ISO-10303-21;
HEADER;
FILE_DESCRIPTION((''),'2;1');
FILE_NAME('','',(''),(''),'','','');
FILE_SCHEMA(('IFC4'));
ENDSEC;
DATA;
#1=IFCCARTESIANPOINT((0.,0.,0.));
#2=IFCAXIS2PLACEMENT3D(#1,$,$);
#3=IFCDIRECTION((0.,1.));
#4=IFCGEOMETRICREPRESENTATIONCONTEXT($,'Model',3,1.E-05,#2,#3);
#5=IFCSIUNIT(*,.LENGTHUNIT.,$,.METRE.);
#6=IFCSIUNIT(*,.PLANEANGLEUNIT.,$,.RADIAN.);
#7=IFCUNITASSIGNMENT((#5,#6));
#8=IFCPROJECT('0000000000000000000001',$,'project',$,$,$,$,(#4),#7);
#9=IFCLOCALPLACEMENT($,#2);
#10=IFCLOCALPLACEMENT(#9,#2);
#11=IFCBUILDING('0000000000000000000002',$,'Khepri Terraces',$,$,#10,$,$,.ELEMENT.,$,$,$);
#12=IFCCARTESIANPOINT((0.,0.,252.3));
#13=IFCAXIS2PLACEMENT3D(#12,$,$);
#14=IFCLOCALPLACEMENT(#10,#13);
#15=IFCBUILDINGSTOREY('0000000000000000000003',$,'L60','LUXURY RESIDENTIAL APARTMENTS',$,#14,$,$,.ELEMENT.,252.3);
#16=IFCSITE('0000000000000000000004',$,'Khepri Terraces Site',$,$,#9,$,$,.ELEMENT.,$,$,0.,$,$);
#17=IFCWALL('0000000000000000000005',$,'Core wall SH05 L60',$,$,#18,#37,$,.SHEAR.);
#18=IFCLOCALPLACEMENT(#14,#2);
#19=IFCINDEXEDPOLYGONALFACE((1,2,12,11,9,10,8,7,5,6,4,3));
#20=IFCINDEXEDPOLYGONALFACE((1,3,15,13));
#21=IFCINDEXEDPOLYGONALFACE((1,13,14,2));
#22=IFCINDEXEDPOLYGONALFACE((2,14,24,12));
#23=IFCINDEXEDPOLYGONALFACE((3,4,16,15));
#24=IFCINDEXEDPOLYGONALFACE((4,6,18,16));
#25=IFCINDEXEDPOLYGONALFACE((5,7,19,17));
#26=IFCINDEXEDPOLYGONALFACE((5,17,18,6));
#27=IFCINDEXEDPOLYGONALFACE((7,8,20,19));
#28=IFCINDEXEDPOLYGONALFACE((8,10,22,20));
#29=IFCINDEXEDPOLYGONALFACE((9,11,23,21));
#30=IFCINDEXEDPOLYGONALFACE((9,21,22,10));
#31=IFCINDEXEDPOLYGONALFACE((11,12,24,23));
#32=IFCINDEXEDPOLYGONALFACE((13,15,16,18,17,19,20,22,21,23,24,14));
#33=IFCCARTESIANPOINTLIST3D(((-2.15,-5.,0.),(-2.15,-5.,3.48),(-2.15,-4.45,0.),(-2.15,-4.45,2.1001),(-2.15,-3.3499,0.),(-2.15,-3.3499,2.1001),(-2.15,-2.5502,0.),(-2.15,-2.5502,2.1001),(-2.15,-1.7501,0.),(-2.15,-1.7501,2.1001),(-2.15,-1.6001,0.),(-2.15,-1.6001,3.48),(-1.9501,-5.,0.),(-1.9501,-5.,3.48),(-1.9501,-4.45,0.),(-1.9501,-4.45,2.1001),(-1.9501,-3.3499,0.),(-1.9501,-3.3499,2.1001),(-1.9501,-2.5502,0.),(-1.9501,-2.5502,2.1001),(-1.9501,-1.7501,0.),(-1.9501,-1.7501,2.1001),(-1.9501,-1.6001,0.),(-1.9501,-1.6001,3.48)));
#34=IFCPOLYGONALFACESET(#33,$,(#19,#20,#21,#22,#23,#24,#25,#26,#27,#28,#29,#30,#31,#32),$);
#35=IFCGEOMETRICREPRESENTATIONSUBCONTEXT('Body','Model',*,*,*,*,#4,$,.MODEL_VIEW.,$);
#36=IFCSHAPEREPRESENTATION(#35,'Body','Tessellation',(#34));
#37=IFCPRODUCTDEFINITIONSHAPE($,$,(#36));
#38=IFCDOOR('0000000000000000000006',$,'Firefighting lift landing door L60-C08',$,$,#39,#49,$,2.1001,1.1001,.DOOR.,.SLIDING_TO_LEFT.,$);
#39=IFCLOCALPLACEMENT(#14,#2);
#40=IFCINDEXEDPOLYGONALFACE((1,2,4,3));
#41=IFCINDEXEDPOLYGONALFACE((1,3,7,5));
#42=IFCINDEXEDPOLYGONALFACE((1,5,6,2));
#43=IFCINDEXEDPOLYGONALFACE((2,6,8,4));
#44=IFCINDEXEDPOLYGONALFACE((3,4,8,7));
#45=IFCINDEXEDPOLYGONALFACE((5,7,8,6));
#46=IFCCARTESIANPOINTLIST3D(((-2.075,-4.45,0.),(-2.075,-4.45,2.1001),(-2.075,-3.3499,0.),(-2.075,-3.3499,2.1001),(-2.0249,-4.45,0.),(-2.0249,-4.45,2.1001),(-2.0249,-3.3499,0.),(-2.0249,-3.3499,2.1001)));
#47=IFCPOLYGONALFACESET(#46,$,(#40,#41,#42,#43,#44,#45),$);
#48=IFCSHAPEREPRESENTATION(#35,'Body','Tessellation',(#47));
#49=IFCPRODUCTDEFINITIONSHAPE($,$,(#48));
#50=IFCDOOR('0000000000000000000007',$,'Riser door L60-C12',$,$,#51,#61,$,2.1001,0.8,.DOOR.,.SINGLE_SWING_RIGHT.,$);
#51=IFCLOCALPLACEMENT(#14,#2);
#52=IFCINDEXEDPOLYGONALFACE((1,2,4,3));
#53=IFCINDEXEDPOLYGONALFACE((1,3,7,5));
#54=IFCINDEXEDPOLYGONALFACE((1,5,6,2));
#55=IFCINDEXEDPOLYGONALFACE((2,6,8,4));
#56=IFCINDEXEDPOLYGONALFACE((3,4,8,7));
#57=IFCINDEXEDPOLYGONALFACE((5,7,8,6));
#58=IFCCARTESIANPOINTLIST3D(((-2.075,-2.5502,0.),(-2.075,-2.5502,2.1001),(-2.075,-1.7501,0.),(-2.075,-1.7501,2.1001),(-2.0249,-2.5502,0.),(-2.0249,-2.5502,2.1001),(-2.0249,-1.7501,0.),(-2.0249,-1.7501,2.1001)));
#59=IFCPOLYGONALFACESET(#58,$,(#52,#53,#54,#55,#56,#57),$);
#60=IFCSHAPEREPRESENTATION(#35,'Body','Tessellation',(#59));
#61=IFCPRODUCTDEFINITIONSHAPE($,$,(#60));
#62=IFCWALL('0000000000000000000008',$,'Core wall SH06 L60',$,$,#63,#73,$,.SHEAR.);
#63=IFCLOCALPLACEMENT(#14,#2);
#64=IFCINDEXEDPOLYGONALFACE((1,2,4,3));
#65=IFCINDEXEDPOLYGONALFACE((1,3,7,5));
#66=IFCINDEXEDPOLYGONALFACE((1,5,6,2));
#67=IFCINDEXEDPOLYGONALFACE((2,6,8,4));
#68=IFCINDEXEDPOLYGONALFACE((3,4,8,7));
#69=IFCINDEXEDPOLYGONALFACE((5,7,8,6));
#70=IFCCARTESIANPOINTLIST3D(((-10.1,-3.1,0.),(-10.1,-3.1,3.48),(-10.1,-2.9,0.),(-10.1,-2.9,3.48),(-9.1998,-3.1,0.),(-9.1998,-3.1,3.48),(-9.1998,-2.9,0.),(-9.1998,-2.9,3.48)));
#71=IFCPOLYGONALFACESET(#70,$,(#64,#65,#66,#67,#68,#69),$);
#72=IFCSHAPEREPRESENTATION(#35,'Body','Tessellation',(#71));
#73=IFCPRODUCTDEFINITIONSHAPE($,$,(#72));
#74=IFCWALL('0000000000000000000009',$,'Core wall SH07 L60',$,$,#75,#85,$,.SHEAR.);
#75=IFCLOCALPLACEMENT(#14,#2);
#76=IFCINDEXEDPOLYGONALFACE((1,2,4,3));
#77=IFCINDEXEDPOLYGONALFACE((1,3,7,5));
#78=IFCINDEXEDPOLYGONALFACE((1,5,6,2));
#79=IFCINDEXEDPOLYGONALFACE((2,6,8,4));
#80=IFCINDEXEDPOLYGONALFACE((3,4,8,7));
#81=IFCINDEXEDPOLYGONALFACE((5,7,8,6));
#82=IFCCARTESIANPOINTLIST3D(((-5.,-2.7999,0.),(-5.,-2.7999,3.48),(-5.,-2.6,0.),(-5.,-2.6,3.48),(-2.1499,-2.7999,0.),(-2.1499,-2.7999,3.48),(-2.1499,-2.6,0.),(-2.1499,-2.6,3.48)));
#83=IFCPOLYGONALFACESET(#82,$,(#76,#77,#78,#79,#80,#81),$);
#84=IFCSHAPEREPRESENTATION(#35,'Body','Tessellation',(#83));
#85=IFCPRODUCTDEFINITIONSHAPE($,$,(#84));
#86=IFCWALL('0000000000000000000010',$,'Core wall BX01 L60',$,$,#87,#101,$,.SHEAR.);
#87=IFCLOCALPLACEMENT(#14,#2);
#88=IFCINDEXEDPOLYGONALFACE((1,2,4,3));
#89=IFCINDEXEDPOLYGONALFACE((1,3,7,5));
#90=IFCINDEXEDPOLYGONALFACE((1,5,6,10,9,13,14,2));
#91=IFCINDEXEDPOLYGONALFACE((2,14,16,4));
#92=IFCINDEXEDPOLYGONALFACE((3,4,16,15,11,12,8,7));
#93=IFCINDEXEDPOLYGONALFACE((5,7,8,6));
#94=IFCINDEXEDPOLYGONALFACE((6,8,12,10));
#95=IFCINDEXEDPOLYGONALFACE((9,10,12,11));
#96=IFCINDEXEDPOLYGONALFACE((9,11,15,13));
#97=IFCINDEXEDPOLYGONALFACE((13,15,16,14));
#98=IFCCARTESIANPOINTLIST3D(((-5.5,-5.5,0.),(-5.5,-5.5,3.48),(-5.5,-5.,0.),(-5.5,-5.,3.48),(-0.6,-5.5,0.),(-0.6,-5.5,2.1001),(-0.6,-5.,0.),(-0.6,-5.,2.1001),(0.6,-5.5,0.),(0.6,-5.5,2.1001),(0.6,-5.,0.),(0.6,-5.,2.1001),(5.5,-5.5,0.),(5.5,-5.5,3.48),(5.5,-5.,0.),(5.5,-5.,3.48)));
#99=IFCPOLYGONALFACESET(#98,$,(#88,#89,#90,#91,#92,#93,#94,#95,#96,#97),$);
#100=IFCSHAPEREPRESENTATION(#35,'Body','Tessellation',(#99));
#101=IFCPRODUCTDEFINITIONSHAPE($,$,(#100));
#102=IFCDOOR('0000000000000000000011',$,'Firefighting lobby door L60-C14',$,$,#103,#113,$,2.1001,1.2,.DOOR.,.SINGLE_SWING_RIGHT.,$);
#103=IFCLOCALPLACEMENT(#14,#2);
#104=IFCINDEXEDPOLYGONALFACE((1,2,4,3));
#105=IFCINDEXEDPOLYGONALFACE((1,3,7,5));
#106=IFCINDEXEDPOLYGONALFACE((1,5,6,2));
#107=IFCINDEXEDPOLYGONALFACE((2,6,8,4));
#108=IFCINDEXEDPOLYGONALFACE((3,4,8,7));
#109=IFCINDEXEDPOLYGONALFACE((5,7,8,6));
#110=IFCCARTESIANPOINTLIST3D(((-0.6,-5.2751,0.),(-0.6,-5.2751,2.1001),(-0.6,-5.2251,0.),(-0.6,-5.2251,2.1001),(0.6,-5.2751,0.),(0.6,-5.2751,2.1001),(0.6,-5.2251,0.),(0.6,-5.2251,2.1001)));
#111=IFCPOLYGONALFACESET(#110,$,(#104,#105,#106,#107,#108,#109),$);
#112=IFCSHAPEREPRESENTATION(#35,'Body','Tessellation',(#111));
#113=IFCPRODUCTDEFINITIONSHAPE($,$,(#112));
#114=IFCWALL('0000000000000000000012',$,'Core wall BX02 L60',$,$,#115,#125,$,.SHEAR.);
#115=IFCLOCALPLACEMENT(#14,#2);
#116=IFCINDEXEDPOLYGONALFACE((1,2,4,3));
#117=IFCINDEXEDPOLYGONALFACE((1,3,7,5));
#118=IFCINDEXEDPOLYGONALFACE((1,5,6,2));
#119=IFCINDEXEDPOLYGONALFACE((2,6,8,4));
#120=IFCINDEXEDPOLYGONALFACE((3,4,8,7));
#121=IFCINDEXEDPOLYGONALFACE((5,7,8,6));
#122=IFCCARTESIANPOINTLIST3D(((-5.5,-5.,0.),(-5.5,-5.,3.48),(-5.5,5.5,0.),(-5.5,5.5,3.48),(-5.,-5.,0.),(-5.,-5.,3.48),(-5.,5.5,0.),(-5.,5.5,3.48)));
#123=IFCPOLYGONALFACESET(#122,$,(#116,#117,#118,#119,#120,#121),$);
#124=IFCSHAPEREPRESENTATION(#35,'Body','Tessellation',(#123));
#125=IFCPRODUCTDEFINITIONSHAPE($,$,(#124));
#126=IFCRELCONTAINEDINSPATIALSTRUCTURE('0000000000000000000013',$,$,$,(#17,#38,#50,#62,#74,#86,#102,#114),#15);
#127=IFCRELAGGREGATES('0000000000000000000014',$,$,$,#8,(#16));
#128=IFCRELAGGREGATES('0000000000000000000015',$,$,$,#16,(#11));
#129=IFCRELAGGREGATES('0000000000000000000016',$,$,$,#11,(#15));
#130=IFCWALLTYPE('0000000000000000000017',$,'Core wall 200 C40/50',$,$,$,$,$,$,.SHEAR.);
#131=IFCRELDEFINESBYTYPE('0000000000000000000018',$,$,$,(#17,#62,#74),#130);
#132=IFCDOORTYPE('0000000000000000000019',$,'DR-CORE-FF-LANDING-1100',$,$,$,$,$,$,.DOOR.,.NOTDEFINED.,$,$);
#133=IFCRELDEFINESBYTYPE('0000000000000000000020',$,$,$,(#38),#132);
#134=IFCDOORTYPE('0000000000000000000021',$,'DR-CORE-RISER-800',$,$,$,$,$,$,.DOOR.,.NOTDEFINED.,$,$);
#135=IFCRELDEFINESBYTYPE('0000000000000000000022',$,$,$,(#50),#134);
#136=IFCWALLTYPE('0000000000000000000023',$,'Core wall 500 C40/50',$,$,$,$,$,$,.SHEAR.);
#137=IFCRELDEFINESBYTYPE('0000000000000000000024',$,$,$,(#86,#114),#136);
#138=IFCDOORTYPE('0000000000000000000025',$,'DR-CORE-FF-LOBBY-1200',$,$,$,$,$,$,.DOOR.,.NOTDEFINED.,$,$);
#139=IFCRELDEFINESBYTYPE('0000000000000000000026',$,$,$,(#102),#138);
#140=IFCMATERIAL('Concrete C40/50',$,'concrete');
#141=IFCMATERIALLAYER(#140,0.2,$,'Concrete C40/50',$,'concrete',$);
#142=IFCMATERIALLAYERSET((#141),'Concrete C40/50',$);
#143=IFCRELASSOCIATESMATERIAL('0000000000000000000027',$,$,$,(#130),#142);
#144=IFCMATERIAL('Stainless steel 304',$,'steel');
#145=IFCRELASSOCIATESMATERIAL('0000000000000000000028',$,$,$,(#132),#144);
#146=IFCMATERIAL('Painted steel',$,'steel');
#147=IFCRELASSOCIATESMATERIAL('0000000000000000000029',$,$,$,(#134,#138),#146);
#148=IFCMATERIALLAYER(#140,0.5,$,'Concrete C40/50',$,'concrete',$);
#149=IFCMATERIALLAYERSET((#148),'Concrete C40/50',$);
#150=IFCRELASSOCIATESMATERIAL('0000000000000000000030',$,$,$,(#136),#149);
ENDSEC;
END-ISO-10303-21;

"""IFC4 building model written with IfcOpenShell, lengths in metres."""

from ifc_helpers import new_model, si_unit, direction, frame, frame_2d, origin, place, context, subcontext, project, spatial, rectangle, extrude, material, layer, layer_set, type_object, element, fill, save


model = new_model("IFC4")

# Units and contexts
model_context = context("Model", 3, precision=1e-05, world=origin(), true_north=direction((0.0, 1.0)))
body_context = subcontext(model_context, "Body", "Model", "MODEL_VIEW")
ifc_project = project(units=[si_unit("LENGTHUNIT", "METRE"), si_unit("PLANEANGLEUNIT", "RADIAN")], contexts=[model_context])

# Site, building, storey
site_placement = place(None, origin())
site = spatial("IfcSite", under=ifc_project, at=site_placement, Name="Khepri Terraces Site", CompositionType="ELEMENT", RefElevation=0.0)
building_placement = place(site_placement, origin())
building = spatial("IfcBuilding", under=site, at=building_placement, Name="Khepri Terraces", CompositionType="ELEMENT")
storey_placement = place(building_placement, frame((0.0, 0.0, 252.3)))
storey = spatial("IfcBuildingStorey", under=building, at=storey_placement, Name="L60", Description="LUXURY RESIDENTIAL APARTMENTS", CompositionType="ELEMENT", Elevation=252.3)

# Shared definitions
ifc_material_1 = material(Name="Concrete C40/50", Category="concrete")

# Shared definitions
ifc_layer_1 = layer(ifc_material_1, 0.2, Name="Concrete C40/50", Category="concrete")
ifc_layer_set_1 = layer_set([ifc_layer_1], Name="Concrete C40/50")
wall_type_1 = type_object("IfcWallType", Name="Core wall 200 C40/50", PredefinedType="SHEAR", material=ifc_layer_set_1)

# Shared definitions
ifc_material_2 = material(Name="Painted steel", Category="steel")

# Wall, openings, doors
wall_1_placement = place(storey_placement, frame((-2.05, -5.0, 0.0), z_axis=(0.0, 0.0, 1.0), x_axis=(0.0, 1.0, 0.0)))
wall_1 = element("IfcWall", 1, at=wall_1_placement, inside=storey, type_object=wall_type_1, Name="Core wall SH05 L60", PredefinedType="SHEAR", context=body_context, shape_type="SweptSolid", body=[
    extrude(rectangle(XDim=3.3999, YDim=0.2, at=frame_2d((1.7, 0.0))), origin(), (0.0, 0.0, 1.0), 3.48),
])
opening_1_placement = place(wall_1_placement, frame((0.55, 0.0, 0.0)))
opening_1 = element("IfcOpeningElement", 2, at=opening_1_placement, cuts=wall_1, PredefinedType="OPENING", context=body_context, shape_type="SweptSolid", body=[
    extrude(rectangle(XDim=1.1001, YDim=2.1001, at=frame_2d((0.55, 1.05))), frame((0.0, 0.1099, 0.0), z_axis=(0.0, -1.0, 0.0), x_axis=(1.0, 0.0, 0.0)), (0.0, 0.0, 1.0), 0.22),
])
opening_2_placement = place(wall_1_placement, frame((2.45, 0.0, 0.0)))
opening_2 = element("IfcOpeningElement", 3, at=opening_2_placement, cuts=wall_1, PredefinedType="OPENING", context=body_context, shape_type="SweptSolid", body=[
    extrude(rectangle(XDim=0.8, YDim=2.1001, at=frame_2d((0.3999, 1.05))), frame((0.0, 0.1099, 0.0), z_axis=(0.0, -1.0, 0.0), x_axis=(1.0, 0.0, 0.0)), (0.0, 0.0, 1.0), 0.22),
])
ifc_material_3 = material(Name="Stainless steel 304", Category="steel")
door_type_1 = type_object("IfcDoorType", Name="DR-CORE-FF-LANDING-1100", OperationType="NOTDEFINED", PredefinedType="DOOR", material=ifc_material_3)
door_1_placement = place(opening_1_placement, origin())
door_1 = element("IfcDoor", 4, at=door_1_placement, inside=storey, type_object=door_type_1, Name="Firefighting lift landing door L60-C08", OperationType="SLIDING_TO_LEFT", OverallHeight=2.1001, OverallWidth=1.1001, PredefinedType="DOOR", context=body_context, shape_type="SweptSolid", body=[
    extrude(rectangle(XDim=1.1001, YDim=2.1001, at=frame_2d((0.55, 1.05))), frame((0.0, 0.0249, 0.0), z_axis=(0.0, -1.0, 0.0), x_axis=(1.0, 0.0, 0.0)), (0.0, 0.0, 1.0), 0.05),
])
fill(opening_1, door_1)
door_type_2 = type_object("IfcDoorType", Name="DR-CORE-RISER-800", OperationType="NOTDEFINED", PredefinedType="DOOR", material=ifc_material_2)
door_2_placement = place(opening_2_placement, origin())
door_2 = element("IfcDoor", 5, at=door_2_placement, inside=storey, type_object=door_type_2, Name="Riser door L60-C12", OperationType="SINGLE_SWING_RIGHT", OverallHeight=2.1001, OverallWidth=0.8, PredefinedType="DOOR", context=body_context, shape_type="SweptSolid", body=[
    extrude(rectangle(XDim=0.8, YDim=2.1001, at=frame_2d((0.3999, 1.05))), frame((0.0, 0.0249, 0.0), z_axis=(0.0, -1.0, 0.0), x_axis=(1.0, 0.0, 0.0)), (0.0, 0.0, 1.0), 0.05),
])
fill(opening_2, door_2)

# Walls
wall_2_placement = place(storey_placement, frame((-10.1001, -3.0, 0.0), z_axis=(0.0, 0.0, 1.0), x_axis=(1.0, 0.0, 0.0)))
element("IfcWall", 6, at=wall_2_placement, inside=storey, type_object=wall_type_1, Name="Core wall SH06 L60", PredefinedType="SHEAR", context=body_context, shape_type="SweptSolid", body=[
    extrude(rectangle(XDim=0.9001, YDim=0.2, at=frame_2d((0.4502, 0.0))), origin(), (0.0, 0.0, 1.0), 3.48),
])
wall_3_placement = place(storey_placement, frame((-5.0, -2.7, 0.0), z_axis=(0.0, 0.0, 1.0), x_axis=(1.0, 0.0, 0.0)))
element("IfcWall", 7, at=wall_3_placement, inside=storey, type_object=wall_type_1, Name="Core wall SH07 L60", PredefinedType="SHEAR", context=body_context, shape_type="SweptSolid", body=[
    extrude(rectangle(XDim=2.8501, YDim=0.2, at=frame_2d((1.425, 0.0))), origin(), (0.0, 0.0, 1.0), 3.48),
])

# Wall, opening, door
ifc_layer_2 = layer(ifc_material_1, 0.5, Name="Concrete C40/50", Category="concrete")
ifc_layer_set_2 = layer_set([ifc_layer_2], Name="Concrete C40/50")
wall_type_2 = type_object("IfcWallType", Name="Core wall 500 C40/50", PredefinedType="SHEAR", material=ifc_layer_set_2)
wall_4_placement = place(storey_placement, frame((-5.5, -5.25, 0.0), z_axis=(0.0, 0.0, 1.0), x_axis=(1.0, 0.0, 0.0)))
wall_4 = element("IfcWall", 8, at=wall_4_placement, inside=storey, type_object=wall_type_2, Name="Core wall BX01 L60", PredefinedType="SHEAR", context=body_context, shape_type="SweptSolid", body=[
    extrude(rectangle(XDim=11.0, YDim=0.5, at=frame_2d((5.5, 0.0))), origin(), (0.0, 0.0, 1.0), 3.48),
])
opening_3_placement = place(wall_4_placement, frame((4.8999, 0.0, 0.0)))
opening_3 = element("IfcOpeningElement", 9, at=opening_3_placement, cuts=wall_4, PredefinedType="OPENING", context=body_context, shape_type="SweptSolid", body=[
    extrude(rectangle(XDim=1.2, YDim=2.1001, at=frame_2d((0.6001, 1.05))), frame((0.0, 0.26, 0.0), z_axis=(0.0, -1.0, 0.0), x_axis=(1.0, 0.0, 0.0)), (0.0, 0.0, 1.0), 0.52),
])
door_type_3 = type_object("IfcDoorType", Name="DR-CORE-FF-LOBBY-1200", OperationType="NOTDEFINED", PredefinedType="DOOR", material=ifc_material_2)
door_3_placement = place(opening_3_placement, origin())
door_3 = element("IfcDoor", 10, at=door_3_placement, inside=storey, type_object=door_type_3, Name="Firefighting lobby door L60-C14", OperationType="SINGLE_SWING_RIGHT", OverallHeight=2.1001, OverallWidth=1.2, PredefinedType="DOOR", context=body_context, shape_type="SweptSolid", body=[
    extrude(rectangle(XDim=1.2, YDim=2.1001, at=frame_2d((0.6001, 1.05))), frame((0.0, 0.0249, 0.0), z_axis=(0.0, -1.0, 0.0), x_axis=(1.0, 0.0, 0.0)), (0.0, 0.0, 1.0), 0.05),
])
fill(opening_3, door_3)

# Wall
wall_5_placement = place(storey_placement, frame((-5.25, -5.0, 0.0), z_axis=(0.0, 0.0, 1.0), x_axis=(0.0, 1.0, 0.0)))
element("IfcWall", 11, at=wall_5_placement, inside=storey, type_object=wall_type_2, Name="Core wall BX02 L60", PredefinedType="SHEAR", context=body_context, shape_type="SweptSolid", body=[
    extrude(rectangle(XDim=10.5, YDim=0.5, at=frame_2d((5.25, 0.0))), origin(), (0.0, 0.0, 1.0), 3.48),
])

save(model, "model.ifc")
